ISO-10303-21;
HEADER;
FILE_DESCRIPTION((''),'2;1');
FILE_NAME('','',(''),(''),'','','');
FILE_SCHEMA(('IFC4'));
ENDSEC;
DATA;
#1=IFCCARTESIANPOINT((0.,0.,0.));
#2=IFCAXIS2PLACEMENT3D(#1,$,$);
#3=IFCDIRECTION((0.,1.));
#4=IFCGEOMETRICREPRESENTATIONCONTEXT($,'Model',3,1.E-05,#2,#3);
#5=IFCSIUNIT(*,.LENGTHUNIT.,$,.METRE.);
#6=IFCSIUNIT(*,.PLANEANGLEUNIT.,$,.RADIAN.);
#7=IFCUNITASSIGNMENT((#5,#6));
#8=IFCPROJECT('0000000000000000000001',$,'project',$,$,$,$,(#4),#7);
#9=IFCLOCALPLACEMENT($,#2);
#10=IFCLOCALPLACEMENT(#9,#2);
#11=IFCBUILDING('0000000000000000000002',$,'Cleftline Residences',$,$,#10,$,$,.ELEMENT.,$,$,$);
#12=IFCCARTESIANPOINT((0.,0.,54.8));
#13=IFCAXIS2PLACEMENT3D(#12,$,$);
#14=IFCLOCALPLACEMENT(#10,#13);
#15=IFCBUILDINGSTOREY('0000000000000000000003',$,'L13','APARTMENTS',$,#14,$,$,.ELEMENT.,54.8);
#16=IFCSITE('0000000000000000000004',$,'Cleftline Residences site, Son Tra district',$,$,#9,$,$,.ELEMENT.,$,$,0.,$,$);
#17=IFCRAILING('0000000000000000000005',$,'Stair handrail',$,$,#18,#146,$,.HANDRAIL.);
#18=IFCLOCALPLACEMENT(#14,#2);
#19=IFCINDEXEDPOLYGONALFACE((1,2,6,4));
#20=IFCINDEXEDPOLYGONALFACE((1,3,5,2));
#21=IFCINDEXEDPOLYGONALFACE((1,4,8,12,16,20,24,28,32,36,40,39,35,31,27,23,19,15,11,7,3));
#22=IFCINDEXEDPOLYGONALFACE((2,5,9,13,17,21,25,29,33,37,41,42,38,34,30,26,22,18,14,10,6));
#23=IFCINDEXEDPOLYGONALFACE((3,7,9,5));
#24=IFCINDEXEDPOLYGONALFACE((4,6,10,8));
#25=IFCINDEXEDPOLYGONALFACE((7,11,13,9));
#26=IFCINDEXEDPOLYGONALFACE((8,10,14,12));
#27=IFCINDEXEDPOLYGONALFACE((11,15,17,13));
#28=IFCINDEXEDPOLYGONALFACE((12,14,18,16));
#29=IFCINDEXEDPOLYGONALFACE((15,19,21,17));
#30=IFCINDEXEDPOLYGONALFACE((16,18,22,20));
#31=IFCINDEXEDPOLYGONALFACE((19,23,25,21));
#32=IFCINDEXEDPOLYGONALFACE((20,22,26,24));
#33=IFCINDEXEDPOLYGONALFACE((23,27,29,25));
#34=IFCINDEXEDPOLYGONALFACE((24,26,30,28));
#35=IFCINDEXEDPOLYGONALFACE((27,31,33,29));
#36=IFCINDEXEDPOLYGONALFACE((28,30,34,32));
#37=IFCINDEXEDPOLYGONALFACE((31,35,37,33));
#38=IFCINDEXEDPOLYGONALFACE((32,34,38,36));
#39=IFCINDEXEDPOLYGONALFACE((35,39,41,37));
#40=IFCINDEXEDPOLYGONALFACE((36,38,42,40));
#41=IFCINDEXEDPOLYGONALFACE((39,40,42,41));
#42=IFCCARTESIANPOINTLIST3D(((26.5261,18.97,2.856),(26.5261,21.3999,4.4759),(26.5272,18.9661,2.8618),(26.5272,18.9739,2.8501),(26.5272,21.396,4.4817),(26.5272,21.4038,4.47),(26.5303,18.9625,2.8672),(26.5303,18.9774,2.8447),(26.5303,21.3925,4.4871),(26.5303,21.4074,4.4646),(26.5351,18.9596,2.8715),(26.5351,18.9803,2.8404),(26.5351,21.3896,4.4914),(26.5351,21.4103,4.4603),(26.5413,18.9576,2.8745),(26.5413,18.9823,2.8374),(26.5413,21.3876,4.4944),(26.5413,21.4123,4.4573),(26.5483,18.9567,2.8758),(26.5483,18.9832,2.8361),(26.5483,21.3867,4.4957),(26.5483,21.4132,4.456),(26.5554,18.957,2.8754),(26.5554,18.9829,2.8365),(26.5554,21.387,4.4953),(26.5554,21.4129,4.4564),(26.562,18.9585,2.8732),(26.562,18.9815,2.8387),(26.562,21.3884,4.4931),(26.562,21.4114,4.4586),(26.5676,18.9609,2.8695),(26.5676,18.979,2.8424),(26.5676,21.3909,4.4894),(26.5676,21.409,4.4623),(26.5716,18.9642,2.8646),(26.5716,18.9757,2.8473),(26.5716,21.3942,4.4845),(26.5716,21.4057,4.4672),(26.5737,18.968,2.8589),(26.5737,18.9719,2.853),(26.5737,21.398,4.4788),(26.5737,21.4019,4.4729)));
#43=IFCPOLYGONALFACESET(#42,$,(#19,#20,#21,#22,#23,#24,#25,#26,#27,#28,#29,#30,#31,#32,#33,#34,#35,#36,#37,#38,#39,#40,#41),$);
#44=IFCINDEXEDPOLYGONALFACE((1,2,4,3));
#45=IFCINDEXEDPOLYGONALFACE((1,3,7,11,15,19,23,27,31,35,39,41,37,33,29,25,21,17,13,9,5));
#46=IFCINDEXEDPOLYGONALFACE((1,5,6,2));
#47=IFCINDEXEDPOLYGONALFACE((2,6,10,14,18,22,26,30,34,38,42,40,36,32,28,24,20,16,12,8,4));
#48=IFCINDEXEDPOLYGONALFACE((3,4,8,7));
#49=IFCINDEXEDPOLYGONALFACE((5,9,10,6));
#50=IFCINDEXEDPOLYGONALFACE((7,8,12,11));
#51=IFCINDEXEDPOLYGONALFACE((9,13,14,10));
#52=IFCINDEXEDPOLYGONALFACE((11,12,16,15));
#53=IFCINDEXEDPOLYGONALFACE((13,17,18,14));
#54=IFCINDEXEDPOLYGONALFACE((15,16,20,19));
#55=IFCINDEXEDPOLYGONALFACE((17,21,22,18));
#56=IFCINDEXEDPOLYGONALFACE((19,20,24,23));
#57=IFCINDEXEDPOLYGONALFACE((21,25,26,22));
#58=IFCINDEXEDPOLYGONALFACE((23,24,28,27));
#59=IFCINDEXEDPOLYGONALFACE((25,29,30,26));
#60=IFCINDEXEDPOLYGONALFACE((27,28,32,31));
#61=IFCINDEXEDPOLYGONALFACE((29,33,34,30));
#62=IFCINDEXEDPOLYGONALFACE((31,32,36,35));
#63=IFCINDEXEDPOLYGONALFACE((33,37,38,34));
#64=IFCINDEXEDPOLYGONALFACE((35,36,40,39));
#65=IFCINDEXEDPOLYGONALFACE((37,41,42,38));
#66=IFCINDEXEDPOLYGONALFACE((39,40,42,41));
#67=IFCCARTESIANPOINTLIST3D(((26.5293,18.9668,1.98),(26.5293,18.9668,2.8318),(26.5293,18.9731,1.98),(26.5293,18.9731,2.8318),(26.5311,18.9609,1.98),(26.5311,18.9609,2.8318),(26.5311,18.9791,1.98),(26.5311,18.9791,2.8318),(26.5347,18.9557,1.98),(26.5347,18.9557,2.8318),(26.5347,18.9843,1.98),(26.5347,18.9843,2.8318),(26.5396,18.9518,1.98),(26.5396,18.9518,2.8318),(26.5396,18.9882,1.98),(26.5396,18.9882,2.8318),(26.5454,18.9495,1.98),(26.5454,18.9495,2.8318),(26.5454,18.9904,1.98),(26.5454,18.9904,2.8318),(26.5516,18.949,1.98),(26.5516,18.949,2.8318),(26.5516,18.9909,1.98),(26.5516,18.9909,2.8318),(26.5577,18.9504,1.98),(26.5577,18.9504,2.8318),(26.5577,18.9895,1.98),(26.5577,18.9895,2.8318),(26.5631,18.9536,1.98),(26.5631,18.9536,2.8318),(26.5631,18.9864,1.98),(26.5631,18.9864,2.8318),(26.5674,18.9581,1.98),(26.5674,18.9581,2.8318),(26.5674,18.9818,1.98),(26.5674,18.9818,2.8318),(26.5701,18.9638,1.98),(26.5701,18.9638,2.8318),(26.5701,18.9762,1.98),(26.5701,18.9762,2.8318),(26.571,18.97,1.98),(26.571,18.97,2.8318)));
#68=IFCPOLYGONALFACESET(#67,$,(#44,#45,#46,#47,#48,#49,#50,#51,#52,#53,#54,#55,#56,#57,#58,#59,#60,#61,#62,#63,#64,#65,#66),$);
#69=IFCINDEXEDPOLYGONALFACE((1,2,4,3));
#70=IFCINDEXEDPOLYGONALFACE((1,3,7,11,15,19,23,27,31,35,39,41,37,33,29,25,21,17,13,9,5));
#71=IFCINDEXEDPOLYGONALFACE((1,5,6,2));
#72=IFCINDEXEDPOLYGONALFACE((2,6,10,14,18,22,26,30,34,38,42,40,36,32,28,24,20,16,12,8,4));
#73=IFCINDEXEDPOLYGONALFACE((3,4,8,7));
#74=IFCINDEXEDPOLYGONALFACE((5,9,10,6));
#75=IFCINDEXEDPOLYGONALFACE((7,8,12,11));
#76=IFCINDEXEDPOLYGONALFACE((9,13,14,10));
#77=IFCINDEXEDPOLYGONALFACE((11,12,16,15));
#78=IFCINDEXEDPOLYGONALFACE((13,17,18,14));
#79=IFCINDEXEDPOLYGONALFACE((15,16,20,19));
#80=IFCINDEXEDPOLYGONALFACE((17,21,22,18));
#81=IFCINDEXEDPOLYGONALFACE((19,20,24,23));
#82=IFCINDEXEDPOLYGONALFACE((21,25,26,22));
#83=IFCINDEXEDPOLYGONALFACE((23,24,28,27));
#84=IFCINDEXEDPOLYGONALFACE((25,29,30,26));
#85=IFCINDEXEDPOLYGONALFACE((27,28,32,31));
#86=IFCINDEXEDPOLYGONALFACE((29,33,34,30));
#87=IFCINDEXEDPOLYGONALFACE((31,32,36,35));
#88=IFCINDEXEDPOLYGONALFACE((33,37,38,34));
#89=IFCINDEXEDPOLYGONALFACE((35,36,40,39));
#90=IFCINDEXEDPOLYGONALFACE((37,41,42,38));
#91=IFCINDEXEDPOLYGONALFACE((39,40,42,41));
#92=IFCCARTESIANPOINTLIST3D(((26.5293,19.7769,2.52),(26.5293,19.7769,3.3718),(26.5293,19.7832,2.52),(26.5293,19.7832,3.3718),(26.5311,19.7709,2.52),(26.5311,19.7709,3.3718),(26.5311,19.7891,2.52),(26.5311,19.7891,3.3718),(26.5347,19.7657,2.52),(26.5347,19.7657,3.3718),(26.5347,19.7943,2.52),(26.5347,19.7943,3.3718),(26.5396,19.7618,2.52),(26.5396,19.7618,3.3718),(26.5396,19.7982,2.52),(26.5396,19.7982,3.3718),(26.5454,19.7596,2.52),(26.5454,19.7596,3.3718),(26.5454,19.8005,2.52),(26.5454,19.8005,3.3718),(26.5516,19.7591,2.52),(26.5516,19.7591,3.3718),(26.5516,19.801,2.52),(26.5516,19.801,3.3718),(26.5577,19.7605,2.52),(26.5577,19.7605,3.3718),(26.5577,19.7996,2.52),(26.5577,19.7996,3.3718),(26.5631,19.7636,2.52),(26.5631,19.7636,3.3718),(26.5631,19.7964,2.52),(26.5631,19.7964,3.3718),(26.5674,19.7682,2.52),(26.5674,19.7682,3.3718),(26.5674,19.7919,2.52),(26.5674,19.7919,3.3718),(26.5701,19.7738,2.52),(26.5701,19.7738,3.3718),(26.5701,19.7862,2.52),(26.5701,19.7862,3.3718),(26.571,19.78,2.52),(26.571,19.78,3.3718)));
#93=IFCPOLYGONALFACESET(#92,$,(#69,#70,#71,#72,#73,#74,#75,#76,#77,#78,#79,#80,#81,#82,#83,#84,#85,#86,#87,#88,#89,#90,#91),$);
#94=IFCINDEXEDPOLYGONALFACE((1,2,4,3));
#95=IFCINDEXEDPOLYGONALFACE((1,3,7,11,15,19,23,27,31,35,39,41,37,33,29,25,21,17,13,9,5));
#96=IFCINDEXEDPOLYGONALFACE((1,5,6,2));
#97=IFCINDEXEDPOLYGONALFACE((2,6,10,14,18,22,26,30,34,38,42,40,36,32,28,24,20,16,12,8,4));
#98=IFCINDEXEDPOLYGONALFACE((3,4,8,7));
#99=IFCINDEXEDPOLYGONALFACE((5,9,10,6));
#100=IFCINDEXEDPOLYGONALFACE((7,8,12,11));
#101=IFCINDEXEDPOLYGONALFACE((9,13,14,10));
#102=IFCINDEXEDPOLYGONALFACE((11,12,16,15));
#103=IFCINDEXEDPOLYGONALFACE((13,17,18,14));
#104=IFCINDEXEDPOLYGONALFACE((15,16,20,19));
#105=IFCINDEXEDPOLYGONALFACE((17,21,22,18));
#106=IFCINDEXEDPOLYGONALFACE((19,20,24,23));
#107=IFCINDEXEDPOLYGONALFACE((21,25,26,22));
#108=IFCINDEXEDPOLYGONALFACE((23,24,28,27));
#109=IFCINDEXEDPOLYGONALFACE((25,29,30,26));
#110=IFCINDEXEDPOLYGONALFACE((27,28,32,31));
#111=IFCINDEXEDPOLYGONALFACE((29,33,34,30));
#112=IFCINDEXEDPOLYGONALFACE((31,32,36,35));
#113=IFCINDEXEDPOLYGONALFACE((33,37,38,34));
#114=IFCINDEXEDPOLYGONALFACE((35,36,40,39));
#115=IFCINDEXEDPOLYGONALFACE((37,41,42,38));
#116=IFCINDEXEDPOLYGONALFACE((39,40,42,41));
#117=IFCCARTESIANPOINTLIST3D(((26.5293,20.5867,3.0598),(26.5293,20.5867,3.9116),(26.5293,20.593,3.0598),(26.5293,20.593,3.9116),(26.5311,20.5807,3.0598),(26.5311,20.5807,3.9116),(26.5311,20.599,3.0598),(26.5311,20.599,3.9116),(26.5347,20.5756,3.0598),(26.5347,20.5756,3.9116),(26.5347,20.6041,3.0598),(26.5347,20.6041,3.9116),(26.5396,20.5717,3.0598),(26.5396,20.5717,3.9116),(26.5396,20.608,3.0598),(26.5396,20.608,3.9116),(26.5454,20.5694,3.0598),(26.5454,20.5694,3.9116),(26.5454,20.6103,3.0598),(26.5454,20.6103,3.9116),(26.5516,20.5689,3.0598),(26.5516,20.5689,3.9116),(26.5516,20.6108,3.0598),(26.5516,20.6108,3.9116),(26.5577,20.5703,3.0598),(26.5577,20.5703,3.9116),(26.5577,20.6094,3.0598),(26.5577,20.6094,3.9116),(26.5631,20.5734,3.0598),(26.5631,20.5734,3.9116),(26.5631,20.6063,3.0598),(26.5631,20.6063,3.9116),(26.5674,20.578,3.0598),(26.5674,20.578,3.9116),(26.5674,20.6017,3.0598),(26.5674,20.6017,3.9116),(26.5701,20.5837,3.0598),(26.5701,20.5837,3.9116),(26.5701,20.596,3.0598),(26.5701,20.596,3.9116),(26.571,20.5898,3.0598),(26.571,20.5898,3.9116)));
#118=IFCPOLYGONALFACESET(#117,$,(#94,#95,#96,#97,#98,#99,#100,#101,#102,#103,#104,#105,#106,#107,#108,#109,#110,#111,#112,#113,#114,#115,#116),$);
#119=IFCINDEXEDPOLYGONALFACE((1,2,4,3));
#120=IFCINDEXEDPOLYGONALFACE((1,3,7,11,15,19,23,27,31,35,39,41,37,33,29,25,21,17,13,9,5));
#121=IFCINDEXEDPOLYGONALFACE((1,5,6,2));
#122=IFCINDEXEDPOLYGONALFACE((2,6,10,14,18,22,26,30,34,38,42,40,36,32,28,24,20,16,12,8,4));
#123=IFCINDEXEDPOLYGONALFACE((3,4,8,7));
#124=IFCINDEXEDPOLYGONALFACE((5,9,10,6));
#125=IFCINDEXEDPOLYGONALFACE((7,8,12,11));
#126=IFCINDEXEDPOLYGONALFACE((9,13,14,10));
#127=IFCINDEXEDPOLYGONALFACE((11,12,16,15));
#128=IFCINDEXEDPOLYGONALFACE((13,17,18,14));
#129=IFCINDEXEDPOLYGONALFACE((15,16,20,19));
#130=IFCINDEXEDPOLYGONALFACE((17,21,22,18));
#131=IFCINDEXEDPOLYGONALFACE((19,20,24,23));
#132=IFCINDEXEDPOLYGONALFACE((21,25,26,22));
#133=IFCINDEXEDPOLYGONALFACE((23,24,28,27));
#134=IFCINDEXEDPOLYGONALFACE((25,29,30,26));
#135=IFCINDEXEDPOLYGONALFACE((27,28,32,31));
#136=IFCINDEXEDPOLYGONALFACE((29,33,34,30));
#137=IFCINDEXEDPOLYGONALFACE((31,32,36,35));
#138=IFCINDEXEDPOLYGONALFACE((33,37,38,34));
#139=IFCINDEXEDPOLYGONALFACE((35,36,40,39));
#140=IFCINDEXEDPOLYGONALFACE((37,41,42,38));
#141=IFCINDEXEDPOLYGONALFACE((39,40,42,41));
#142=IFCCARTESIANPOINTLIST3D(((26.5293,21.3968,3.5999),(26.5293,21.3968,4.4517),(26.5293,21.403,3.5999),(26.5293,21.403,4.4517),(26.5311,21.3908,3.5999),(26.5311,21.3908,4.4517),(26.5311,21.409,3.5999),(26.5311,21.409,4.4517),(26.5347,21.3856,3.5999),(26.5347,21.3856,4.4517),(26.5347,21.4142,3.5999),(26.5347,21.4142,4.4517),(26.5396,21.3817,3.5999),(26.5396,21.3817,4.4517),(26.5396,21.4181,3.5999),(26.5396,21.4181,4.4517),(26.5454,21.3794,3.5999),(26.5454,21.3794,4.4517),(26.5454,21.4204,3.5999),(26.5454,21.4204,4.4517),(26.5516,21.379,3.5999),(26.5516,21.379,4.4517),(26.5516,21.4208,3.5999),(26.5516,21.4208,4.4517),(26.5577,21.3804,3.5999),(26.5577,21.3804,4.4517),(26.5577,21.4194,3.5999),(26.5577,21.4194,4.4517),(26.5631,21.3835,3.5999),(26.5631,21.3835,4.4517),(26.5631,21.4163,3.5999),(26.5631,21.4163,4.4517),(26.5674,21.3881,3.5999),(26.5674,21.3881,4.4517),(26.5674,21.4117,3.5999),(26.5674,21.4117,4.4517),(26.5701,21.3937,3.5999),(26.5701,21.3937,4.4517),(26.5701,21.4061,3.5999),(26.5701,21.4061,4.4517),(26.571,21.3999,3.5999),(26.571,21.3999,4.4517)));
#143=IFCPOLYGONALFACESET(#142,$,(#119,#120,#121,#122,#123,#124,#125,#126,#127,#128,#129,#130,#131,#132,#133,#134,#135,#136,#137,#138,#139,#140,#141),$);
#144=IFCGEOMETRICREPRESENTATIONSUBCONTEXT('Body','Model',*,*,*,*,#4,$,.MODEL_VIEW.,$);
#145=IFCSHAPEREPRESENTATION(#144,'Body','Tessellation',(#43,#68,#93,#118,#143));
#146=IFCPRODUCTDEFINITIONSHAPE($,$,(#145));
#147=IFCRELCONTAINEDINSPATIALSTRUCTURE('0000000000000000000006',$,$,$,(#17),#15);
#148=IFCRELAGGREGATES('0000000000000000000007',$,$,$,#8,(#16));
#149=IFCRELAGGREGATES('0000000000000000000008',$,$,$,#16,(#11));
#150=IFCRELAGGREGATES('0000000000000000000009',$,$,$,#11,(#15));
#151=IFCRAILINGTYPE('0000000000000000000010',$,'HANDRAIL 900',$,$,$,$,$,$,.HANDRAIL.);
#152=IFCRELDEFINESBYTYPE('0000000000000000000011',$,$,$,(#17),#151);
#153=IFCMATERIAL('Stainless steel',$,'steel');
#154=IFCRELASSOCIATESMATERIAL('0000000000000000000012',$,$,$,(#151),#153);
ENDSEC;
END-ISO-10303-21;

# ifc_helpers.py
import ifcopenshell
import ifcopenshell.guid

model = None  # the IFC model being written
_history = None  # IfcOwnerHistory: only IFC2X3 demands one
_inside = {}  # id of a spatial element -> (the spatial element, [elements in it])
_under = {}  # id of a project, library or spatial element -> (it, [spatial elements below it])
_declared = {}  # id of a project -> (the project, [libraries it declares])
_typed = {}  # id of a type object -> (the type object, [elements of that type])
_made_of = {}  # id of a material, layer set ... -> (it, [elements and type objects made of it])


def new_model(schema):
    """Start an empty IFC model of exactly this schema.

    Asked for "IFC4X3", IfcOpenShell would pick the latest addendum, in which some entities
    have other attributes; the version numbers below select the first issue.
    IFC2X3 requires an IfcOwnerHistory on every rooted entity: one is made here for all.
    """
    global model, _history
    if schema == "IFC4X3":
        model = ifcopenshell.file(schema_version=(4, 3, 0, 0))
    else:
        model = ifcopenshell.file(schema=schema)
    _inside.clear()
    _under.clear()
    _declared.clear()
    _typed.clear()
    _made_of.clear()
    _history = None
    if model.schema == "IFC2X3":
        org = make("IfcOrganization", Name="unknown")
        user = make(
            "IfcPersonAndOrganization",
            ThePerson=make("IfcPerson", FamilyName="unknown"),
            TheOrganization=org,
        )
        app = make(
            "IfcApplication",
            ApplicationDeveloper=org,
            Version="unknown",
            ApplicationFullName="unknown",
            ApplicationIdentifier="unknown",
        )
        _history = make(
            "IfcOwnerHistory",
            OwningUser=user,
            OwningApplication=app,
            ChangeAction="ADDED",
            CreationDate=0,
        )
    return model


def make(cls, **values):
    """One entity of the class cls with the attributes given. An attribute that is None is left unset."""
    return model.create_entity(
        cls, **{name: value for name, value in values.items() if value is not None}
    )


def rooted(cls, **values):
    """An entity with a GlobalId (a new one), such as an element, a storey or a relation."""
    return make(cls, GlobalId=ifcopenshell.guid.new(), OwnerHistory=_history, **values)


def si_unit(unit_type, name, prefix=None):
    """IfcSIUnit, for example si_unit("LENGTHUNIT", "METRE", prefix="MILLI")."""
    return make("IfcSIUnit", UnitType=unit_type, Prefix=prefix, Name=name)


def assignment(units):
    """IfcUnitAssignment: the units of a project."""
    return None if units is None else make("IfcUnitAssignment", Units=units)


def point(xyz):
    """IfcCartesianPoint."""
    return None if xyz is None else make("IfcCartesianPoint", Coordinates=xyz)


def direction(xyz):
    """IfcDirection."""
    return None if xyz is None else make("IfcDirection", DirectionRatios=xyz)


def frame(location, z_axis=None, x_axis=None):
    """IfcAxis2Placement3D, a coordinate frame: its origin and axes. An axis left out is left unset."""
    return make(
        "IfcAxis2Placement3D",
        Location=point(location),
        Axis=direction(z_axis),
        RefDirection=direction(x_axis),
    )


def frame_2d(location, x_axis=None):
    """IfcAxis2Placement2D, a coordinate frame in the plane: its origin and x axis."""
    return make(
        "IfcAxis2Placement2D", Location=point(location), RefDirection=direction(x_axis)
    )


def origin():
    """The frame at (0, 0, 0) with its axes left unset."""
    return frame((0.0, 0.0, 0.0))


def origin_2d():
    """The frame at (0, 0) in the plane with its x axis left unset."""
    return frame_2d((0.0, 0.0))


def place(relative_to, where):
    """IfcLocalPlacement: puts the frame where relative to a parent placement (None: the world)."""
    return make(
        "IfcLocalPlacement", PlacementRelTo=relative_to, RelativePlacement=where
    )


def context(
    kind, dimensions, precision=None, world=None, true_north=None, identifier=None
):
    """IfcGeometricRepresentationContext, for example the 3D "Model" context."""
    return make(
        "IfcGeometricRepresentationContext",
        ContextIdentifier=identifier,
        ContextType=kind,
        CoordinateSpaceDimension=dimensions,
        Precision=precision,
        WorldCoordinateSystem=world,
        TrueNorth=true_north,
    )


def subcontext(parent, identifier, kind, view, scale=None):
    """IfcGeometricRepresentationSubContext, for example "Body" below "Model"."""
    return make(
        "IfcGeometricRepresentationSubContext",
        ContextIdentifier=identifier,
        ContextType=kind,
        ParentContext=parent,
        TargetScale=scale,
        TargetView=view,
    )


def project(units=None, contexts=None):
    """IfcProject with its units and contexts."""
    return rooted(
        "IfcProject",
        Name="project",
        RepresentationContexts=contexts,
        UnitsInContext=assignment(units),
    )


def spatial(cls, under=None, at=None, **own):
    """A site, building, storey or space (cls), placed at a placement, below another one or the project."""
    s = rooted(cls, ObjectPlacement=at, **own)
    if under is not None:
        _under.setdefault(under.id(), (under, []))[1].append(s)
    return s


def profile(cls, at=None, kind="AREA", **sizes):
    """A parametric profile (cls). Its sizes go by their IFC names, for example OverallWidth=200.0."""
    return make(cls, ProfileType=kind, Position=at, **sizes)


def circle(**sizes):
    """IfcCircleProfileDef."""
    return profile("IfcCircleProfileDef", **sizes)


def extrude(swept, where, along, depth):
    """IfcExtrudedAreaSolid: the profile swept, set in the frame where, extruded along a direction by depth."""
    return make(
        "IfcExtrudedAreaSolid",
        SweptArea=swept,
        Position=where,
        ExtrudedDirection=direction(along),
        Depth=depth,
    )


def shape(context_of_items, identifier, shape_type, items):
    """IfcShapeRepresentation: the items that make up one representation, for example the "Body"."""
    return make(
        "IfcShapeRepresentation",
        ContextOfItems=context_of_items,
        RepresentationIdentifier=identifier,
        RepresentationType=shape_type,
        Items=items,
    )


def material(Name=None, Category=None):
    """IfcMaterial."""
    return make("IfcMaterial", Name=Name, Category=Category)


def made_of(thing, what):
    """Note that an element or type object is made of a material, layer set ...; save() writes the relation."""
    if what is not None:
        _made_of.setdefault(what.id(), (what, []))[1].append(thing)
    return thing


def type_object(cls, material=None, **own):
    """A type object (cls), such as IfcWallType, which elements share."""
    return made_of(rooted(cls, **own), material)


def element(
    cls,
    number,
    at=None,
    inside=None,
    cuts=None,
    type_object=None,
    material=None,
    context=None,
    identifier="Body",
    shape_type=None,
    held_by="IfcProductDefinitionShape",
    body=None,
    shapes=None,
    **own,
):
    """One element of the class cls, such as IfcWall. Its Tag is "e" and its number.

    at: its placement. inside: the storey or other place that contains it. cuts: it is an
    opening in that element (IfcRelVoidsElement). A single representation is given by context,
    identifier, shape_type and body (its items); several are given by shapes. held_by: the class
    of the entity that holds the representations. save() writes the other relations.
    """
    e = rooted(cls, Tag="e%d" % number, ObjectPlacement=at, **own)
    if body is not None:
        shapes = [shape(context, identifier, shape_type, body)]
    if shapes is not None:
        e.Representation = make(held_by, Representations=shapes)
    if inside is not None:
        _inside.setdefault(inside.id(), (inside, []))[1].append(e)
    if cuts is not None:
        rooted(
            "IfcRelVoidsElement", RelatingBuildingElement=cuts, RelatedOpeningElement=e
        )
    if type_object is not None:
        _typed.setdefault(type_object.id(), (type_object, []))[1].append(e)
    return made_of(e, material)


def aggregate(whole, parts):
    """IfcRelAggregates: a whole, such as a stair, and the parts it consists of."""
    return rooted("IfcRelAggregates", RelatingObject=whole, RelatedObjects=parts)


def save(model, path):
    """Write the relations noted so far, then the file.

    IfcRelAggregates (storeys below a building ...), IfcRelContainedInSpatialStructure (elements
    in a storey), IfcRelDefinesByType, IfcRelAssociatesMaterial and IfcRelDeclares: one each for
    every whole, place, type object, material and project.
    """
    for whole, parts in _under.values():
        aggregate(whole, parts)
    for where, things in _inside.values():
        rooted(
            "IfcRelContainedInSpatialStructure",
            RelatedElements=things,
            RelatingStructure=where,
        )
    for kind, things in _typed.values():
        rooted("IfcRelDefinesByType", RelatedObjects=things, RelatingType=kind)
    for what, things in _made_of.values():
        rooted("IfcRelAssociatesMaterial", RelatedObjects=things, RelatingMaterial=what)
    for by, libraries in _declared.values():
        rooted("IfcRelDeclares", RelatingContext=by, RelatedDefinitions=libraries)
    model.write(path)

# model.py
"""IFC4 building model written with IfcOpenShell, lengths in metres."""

from ifc_helpers import new_model, si_unit, direction, frame, origin, origin_2d, place, context, subcontext, project, spatial, circle, extrude, material, type_object, element, save


model = new_model("IFC4")

# Units and contexts
model_context = context("Model", 3, precision=1e-05, world=origin(), true_north=direction((0.0, 1.0)))
body_context = subcontext(model_context, "Body", "Model", "MODEL_VIEW")
ifc_project = project(units=[si_unit("LENGTHUNIT", "METRE"), si_unit("PLANEANGLEUNIT", "RADIAN")], contexts=[model_context])

# Site, building, storey
site_placement = place(None, origin())
site = spatial("IfcSite", under=ifc_project, at=site_placement, Name="Cleftline Residences site, Son Tra district", CompositionType="ELEMENT", RefElevation=0.0)
building_placement = place(site_placement, origin())
building = spatial("IfcBuilding", under=site, at=building_placement, Name="Cleftline Residences", CompositionType="ELEMENT")
storey_placement = place(building_placement, frame((0.0, 0.0, 54.8)))
storey = spatial("IfcBuildingStorey", under=building, at=storey_placement, Name="L13", Description="APARTMENTS", CompositionType="ELEMENT", Elevation=54.8)

# Railing
ifc_material_1 = material(Name="Stainless steel", Category="steel")
railing_type = type_object("IfcRailingType", Name="HANDRAIL 900", PredefinedType="HANDRAIL", material=ifc_material_1)
railing_1_placement = place(storey_placement, frame((26.55, 18.97, 1.98)))
element("IfcRailing", 1, at=railing_1_placement, inside=storey, type_object=railing_type, Name="Stair handrail", PredefinedType="HANDRAIL", context=body_context, shape_type="SweptSolid", body=[
    extrude(circle(Radius=0.0239, at=origin_2d()), frame((0.0, 0.0, 0.876), z_axis=(0.0, 0.832063, 0.554681), x_axis=(-1.0, 0.0, 0.0)), (0.0, 0.0, 1.0), 2.9204),
    extrude(circle(Radius=0.021, at=origin_2d()), origin(), (0.0, 0.0, 1.0), 0.8518),
    extrude(circle(Radius=0.021, at=origin_2d()), frame((0.0, 0.8101, 0.54)), (0.0, 0.0, 1.0), 0.8518),
    extrude(circle(Radius=0.021, at=origin_2d()), frame((0.0, 1.6199, 1.0798)), (0.0, 0.0, 1.0), 0.8518),
    extrude(circle(Radius=0.021, at=origin_2d()), frame((0.0, 2.4299, 1.6199)), (0.0, 0.0, 1.0), 0.8518),
])

save(model, "model.ifc")
